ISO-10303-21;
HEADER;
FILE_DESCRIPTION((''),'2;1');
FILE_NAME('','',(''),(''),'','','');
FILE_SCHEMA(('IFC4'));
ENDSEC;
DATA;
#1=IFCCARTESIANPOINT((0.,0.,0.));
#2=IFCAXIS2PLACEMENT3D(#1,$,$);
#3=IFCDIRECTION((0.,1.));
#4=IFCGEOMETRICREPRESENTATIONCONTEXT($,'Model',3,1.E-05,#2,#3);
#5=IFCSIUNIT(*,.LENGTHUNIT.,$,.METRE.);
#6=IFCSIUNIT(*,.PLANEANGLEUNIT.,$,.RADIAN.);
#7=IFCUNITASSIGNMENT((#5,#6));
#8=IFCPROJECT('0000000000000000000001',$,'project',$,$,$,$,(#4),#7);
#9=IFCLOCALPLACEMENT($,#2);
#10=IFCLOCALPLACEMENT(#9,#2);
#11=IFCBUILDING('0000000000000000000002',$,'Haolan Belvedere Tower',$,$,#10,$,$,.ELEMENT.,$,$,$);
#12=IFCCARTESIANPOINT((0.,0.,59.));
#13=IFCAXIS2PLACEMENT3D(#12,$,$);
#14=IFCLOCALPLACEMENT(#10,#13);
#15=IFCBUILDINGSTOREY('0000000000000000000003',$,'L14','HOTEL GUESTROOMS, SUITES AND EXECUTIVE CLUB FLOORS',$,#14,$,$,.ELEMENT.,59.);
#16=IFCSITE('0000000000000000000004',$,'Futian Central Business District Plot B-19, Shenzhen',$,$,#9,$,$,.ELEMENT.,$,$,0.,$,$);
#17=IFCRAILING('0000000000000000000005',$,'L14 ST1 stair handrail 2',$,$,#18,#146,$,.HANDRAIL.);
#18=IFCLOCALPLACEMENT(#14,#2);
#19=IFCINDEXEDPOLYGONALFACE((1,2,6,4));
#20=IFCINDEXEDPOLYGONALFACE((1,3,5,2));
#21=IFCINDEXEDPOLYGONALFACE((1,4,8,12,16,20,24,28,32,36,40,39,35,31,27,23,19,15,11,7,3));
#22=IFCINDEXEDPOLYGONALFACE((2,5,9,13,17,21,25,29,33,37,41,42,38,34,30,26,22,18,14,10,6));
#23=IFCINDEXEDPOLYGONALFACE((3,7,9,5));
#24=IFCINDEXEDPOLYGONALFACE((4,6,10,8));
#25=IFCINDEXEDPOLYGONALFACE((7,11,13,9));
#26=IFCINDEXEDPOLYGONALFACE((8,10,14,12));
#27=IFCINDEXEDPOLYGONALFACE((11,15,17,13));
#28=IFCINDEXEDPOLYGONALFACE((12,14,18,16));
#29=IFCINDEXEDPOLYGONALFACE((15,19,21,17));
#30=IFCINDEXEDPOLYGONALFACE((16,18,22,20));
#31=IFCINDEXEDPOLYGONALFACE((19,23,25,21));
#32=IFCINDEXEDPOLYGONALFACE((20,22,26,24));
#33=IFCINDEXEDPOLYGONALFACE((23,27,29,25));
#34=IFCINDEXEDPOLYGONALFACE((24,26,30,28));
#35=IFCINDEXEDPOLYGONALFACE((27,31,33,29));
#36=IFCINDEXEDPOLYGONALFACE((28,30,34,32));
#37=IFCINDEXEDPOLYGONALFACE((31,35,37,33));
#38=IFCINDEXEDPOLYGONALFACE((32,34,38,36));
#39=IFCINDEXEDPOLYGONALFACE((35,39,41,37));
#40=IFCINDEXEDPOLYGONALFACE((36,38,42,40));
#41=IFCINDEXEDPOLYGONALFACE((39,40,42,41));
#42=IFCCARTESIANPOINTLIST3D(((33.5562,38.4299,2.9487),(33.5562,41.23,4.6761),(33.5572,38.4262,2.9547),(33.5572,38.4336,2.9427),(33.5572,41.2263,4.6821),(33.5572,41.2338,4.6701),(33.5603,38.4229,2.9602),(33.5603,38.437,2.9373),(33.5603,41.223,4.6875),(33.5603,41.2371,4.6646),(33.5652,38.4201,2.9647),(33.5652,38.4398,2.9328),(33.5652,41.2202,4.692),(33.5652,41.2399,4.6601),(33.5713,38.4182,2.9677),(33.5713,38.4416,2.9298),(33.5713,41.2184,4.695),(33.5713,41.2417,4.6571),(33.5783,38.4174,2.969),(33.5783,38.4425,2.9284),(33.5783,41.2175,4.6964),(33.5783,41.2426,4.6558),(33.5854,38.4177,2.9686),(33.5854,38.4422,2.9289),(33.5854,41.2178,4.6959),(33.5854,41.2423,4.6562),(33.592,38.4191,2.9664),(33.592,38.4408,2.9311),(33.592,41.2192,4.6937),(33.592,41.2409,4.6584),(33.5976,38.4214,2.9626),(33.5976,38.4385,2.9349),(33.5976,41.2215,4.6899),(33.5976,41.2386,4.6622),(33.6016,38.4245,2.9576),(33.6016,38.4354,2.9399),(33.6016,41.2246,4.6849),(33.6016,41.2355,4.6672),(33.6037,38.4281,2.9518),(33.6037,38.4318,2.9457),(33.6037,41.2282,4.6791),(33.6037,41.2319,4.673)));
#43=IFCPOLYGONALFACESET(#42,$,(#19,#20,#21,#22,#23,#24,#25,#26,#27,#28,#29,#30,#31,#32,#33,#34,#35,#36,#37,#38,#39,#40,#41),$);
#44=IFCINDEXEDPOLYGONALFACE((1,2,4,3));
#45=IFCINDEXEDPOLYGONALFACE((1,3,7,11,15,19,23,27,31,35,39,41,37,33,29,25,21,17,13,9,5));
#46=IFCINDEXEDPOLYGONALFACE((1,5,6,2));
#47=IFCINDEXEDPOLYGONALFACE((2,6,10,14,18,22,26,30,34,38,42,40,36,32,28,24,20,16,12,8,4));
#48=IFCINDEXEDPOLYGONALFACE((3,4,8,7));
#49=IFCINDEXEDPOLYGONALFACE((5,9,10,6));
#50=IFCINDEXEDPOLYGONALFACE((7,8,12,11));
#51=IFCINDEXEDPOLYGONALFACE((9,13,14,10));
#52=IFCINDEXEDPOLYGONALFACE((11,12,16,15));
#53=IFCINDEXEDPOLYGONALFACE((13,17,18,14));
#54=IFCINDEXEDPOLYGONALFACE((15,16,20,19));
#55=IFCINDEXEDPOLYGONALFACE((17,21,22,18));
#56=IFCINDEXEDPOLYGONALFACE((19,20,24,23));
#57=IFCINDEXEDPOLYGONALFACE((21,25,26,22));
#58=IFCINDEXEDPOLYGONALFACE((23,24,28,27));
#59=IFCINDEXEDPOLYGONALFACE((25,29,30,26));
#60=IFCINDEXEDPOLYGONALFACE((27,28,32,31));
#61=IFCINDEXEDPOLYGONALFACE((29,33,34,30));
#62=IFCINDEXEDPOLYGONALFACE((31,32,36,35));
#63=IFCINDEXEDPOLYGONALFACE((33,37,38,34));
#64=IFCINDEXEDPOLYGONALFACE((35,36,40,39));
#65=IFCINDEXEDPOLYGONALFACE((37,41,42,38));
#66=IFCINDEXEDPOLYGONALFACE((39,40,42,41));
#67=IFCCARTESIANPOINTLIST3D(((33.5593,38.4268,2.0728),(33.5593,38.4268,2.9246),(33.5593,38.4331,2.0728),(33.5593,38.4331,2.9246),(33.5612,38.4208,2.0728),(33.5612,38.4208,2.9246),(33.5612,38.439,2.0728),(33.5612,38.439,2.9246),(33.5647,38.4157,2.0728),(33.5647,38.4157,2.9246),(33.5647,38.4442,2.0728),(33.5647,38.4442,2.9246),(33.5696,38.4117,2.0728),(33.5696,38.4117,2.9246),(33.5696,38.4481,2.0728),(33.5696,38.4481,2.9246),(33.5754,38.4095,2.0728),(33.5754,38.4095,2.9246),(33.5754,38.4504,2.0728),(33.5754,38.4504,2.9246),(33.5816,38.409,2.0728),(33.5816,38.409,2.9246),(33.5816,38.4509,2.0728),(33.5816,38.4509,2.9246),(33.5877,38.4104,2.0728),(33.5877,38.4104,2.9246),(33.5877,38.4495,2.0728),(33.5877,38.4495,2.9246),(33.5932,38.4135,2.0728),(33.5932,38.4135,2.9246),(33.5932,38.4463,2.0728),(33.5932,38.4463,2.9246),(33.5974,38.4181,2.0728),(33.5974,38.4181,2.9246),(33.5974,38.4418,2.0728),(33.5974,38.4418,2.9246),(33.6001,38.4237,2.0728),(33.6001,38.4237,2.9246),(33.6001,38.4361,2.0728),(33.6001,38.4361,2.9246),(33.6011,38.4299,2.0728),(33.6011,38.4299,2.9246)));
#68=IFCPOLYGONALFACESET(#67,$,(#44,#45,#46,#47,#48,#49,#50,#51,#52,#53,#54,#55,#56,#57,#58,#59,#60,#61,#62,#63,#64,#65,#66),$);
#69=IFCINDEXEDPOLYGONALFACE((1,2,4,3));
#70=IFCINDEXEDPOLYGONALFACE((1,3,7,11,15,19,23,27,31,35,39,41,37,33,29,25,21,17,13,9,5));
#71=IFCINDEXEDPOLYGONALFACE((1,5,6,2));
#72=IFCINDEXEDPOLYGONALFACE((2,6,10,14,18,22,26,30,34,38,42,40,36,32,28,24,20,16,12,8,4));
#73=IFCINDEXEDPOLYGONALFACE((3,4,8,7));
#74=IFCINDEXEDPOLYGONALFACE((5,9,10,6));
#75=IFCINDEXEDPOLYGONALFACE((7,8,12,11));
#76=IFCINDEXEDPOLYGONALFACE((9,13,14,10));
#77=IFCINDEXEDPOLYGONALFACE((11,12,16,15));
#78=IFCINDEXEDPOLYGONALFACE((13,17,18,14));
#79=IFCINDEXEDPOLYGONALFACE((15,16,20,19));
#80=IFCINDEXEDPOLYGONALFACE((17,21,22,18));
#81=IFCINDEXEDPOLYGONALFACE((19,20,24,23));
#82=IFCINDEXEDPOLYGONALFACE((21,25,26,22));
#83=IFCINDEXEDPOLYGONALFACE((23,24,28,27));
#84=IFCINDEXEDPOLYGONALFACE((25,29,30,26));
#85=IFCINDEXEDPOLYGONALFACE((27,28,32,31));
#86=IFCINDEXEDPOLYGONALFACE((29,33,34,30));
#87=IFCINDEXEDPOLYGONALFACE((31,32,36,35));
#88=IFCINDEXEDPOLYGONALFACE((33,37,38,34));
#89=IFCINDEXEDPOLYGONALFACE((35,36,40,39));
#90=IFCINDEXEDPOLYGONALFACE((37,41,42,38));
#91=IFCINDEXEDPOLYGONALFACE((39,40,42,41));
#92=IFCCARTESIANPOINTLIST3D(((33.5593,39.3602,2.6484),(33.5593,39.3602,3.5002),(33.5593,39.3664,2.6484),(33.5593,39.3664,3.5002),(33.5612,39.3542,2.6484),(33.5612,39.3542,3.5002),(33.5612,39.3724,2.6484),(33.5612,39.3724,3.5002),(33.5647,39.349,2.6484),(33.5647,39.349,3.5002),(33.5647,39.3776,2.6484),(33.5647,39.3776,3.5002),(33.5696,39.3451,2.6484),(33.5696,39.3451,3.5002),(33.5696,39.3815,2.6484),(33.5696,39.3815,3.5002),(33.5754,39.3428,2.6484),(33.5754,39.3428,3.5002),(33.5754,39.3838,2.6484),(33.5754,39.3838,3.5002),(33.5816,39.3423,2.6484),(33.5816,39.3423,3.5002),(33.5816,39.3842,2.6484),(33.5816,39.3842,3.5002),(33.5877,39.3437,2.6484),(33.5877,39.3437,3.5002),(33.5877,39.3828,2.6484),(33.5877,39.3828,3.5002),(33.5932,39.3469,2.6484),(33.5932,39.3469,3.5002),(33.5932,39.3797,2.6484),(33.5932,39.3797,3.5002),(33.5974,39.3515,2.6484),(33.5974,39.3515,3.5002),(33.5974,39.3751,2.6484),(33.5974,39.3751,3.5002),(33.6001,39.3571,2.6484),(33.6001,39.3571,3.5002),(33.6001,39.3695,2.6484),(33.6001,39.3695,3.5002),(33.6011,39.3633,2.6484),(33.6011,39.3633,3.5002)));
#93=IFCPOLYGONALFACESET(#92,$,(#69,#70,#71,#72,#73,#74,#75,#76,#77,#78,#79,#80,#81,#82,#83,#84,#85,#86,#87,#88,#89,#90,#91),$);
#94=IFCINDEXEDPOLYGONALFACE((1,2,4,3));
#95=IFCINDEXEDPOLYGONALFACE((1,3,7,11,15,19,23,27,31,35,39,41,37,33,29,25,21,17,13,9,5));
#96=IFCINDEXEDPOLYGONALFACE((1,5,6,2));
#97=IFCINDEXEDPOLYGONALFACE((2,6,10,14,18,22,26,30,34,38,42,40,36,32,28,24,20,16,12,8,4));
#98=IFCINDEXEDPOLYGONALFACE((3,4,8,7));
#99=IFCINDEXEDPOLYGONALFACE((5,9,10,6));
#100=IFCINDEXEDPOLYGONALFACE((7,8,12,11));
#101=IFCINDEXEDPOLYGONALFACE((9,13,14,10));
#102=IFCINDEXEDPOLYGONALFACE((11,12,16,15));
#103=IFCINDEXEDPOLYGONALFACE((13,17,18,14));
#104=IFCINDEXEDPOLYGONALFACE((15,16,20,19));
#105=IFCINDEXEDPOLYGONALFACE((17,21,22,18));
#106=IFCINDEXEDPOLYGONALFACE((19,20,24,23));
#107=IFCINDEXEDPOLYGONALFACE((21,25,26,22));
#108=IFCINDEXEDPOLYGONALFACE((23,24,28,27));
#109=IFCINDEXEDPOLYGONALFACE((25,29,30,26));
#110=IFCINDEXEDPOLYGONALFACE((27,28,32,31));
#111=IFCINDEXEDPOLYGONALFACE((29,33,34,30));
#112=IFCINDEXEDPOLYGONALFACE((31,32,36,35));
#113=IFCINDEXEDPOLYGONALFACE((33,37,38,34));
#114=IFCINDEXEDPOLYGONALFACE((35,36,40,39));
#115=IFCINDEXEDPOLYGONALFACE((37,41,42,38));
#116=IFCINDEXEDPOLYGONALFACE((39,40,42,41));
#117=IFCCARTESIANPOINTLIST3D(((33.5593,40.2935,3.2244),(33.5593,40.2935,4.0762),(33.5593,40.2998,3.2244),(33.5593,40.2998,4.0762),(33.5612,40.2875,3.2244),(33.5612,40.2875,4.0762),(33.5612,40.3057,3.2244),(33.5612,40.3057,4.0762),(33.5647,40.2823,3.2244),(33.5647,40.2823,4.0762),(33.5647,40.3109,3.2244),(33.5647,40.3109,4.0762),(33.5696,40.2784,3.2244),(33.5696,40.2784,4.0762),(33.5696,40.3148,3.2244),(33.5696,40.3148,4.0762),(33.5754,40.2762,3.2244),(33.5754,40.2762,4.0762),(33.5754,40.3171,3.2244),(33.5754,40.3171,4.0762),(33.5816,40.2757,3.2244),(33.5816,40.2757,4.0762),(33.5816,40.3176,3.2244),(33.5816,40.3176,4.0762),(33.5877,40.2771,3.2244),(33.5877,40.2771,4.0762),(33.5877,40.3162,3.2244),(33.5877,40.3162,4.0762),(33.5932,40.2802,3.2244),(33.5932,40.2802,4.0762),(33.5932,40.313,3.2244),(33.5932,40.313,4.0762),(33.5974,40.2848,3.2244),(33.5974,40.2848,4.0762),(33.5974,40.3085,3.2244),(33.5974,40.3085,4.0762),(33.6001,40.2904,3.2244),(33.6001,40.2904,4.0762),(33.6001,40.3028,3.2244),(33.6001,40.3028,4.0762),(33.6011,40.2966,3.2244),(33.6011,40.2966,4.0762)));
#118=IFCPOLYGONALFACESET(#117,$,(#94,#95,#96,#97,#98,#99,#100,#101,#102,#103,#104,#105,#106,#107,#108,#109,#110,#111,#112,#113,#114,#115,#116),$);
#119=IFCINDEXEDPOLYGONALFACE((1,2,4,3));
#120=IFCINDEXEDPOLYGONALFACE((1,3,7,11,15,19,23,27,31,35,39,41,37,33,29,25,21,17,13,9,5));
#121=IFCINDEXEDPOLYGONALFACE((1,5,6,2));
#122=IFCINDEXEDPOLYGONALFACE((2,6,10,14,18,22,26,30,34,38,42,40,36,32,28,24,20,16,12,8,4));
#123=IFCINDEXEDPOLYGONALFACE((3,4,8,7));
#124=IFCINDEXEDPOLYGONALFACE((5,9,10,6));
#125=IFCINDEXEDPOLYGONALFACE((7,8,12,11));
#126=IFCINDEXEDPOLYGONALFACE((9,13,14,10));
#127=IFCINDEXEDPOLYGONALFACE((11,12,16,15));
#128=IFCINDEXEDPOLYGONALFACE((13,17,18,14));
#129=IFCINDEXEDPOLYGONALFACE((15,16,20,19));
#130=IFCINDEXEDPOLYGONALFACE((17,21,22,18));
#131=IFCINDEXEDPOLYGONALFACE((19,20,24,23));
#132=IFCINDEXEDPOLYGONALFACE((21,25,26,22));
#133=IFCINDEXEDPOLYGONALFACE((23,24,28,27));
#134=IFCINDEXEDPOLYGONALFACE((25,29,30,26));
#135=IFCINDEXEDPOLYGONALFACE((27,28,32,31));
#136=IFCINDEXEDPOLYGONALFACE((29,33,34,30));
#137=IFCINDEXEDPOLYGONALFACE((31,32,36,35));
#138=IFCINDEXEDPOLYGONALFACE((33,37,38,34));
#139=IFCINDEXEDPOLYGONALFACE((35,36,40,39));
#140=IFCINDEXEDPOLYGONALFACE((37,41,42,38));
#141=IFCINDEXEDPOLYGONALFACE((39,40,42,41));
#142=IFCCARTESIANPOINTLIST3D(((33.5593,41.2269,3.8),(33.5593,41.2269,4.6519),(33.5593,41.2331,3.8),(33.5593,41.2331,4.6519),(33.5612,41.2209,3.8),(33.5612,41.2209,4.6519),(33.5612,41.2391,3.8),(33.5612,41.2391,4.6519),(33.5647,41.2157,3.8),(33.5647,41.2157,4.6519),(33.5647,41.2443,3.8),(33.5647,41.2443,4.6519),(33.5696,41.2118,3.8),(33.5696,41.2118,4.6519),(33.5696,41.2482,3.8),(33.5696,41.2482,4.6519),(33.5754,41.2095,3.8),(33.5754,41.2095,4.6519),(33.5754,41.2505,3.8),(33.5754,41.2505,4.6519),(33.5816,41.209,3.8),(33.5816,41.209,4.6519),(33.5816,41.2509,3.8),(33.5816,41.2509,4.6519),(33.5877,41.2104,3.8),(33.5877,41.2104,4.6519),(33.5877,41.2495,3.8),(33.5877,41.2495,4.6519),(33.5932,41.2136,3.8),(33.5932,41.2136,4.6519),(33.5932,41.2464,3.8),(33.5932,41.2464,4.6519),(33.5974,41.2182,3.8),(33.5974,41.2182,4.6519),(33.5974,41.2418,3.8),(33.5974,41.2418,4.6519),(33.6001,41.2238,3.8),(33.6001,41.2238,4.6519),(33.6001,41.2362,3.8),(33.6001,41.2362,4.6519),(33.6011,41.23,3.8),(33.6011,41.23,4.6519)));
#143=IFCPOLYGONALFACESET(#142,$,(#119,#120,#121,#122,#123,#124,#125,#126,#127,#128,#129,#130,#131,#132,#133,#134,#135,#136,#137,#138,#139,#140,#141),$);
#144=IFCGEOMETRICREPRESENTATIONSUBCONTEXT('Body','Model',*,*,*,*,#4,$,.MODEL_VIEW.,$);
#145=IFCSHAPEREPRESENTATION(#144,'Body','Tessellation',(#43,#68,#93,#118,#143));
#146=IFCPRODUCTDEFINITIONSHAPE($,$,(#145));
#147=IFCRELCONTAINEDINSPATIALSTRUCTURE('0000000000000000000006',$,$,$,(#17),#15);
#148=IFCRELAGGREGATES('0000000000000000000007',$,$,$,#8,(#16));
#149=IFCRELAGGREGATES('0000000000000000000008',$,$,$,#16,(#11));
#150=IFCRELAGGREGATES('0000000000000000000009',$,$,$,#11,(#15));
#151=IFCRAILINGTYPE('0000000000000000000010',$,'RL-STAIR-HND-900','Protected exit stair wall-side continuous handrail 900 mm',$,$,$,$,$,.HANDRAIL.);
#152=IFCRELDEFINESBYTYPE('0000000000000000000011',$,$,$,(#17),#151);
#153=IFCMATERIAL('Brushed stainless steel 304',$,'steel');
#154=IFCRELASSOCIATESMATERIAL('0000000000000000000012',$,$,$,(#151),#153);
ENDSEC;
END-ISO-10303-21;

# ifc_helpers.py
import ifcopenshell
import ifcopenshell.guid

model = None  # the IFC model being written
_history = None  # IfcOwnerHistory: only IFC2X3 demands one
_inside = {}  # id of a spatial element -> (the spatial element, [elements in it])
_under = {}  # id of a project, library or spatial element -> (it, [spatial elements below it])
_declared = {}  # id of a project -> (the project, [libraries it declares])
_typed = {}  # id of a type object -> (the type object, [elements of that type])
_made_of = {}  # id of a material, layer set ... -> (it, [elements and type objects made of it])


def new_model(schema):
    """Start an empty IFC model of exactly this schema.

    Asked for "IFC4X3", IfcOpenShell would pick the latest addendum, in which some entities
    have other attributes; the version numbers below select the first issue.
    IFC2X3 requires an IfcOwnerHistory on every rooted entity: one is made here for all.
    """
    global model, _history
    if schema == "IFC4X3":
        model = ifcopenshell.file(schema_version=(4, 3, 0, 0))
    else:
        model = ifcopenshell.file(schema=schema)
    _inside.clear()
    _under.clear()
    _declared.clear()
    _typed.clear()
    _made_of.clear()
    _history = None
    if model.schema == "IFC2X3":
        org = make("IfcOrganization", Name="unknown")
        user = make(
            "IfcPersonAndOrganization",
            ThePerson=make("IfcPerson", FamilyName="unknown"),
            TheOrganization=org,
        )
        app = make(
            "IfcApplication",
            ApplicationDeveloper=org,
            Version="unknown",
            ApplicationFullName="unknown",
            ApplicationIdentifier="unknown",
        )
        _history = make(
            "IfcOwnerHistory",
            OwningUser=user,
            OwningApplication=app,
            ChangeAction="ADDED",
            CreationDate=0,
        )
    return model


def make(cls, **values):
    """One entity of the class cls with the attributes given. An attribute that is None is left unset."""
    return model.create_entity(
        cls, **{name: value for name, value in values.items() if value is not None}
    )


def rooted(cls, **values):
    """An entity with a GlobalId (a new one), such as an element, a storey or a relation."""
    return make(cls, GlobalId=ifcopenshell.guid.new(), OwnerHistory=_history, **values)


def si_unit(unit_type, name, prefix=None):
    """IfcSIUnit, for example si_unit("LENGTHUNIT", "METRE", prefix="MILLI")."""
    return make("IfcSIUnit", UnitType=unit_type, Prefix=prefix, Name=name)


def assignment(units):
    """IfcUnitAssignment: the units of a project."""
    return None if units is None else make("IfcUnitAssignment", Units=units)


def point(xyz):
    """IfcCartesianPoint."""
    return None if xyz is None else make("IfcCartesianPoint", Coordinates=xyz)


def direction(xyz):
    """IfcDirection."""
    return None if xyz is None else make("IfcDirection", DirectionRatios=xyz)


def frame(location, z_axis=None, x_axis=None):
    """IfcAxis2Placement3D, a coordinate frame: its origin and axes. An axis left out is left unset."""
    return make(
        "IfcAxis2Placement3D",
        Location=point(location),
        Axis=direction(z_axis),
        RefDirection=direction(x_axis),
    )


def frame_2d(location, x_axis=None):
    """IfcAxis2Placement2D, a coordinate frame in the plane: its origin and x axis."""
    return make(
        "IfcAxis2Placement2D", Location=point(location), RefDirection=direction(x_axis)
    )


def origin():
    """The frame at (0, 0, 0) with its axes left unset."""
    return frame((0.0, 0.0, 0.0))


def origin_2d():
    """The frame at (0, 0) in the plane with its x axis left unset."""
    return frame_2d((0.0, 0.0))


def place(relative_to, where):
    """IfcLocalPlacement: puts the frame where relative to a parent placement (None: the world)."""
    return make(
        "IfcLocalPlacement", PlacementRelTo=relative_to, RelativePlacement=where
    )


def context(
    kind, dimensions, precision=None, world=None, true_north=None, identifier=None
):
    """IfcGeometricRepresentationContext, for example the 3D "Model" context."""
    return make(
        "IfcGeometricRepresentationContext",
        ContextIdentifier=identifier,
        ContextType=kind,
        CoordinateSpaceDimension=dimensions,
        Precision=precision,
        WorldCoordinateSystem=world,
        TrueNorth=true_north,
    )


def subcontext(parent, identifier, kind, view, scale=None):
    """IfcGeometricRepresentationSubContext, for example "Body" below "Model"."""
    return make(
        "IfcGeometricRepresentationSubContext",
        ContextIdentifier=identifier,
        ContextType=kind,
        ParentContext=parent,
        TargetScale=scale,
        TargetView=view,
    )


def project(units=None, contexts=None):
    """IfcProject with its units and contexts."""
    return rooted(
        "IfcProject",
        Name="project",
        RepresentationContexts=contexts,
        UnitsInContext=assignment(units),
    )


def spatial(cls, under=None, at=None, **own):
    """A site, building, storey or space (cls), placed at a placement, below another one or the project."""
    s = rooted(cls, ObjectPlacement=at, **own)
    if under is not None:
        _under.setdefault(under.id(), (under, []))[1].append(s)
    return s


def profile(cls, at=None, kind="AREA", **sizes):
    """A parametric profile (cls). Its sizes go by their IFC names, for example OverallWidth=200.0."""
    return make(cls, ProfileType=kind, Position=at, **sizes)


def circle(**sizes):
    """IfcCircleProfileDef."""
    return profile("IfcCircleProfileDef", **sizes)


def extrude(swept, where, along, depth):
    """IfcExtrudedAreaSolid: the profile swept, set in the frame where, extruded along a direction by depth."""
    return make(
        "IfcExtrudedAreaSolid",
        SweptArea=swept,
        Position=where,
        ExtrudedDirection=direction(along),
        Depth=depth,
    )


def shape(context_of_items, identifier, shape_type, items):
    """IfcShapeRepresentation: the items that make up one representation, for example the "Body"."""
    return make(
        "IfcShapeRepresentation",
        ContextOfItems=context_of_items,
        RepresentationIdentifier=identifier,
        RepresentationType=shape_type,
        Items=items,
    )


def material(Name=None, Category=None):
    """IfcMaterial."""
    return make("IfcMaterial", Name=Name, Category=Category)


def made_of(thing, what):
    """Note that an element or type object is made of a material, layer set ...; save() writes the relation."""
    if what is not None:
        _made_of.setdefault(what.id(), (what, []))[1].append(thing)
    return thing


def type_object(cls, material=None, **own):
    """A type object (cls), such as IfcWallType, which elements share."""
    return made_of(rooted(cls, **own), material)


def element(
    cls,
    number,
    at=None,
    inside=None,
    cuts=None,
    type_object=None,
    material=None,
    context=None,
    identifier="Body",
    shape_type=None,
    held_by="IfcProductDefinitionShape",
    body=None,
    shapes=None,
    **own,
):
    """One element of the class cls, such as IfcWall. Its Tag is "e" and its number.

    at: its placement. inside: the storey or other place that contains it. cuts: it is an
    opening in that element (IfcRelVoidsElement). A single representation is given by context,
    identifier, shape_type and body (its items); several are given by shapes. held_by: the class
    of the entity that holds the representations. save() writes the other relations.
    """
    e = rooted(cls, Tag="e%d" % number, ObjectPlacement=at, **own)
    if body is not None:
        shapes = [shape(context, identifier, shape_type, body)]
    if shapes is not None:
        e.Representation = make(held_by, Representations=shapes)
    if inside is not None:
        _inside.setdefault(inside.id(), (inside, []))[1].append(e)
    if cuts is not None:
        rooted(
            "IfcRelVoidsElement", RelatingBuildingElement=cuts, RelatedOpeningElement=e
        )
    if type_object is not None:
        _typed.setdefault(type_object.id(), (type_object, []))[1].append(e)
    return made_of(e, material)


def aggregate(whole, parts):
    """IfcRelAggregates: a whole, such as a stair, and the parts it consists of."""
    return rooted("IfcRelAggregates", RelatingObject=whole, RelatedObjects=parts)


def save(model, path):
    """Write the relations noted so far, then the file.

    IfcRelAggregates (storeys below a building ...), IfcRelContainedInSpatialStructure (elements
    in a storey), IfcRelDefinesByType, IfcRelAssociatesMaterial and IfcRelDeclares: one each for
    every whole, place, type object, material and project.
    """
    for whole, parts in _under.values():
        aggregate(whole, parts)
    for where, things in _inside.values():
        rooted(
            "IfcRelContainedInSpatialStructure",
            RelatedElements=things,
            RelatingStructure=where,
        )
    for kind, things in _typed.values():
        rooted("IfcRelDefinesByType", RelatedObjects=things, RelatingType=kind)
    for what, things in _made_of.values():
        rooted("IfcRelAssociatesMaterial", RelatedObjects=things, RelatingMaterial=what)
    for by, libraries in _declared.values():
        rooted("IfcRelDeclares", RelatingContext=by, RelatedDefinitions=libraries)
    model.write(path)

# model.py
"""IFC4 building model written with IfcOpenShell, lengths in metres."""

from ifc_helpers import new_model, si_unit, direction, frame, origin, origin_2d, place, context, subcontext, project, spatial, circle, extrude, material, type_object, element, save


model = new_model("IFC4")

# Units and contexts
model_context = context("Model", 3, precision=1e-05, world=origin(), true_north=direction((0.0, 1.0)))
body_context = subcontext(model_context, "Body", "Model", "MODEL_VIEW")
ifc_project = project(units=[si_unit("LENGTHUNIT", "METRE"), si_unit("PLANEANGLEUNIT", "RADIAN")], contexts=[model_context])

# Site, building, storey
site_placement = place(None, origin())
site = spatial("IfcSite", under=ifc_project, at=site_placement, Name="Futian Central Business District Plot B-19, Shenzhen", CompositionType="ELEMENT", RefElevation=0.0)
building_placement = place(site_placement, origin())
building = spatial("IfcBuilding", under=site, at=building_placement, Name="Haolan Belvedere Tower", CompositionType="ELEMENT")
storey_placement = place(building_placement, frame((0.0, 0.0, 59.0)))
storey = spatial("IfcBuildingStorey", under=building, at=storey_placement, Name="L14", Description="HOTEL GUESTROOMS, SUITES AND EXECUTIVE CLUB FLOORS", CompositionType="ELEMENT", Elevation=59.0)

# Railing
ifc_material_1 = material(Name="Brushed stainless steel 304", Category="steel")
railing_type_1 = type_object("IfcRailingType", Name="RL-STAIR-HND-900", Description="Protected exit stair wall-side continuous handrail 900 mm", PredefinedType="HANDRAIL", material=ifc_material_1)
railing_1_placement = place(storey_placement, frame((33.5801, 38.4299, 2.0728)))
element("IfcRailing", 1, at=railing_1_placement, inside=storey, type_object=railing_type_1, Name="L14 ST1 stair handrail 2", PredefinedType="HANDRAIL", context=body_context, shape_type="SweptSolid", body=[
    extrude(circle(Radius=0.0239, at=origin_2d()), frame((0.0, 0.0, 0.876), z_axis=(0.0, 0.85109, 0.52502), x_axis=(-1.0, 0.0, 0.0)), (0.0, 0.0, 1.0), 3.29),
    extrude(circle(Radius=0.021, at=origin_2d()), origin(), (0.0, 0.0, 1.0), 0.8518),
    extrude(circle(Radius=0.021, at=origin_2d()), frame((0.0, 0.9333, 0.5757)), (0.0, 0.0, 1.0), 0.8518),
    extrude(circle(Radius=0.021, at=origin_2d()), frame((0.0, 1.8667, 1.1516)), (0.0, 0.0, 1.0), 0.8518),
    extrude(circle(Radius=0.021, at=origin_2d()), frame((0.0, 2.8, 1.7273)), (0.0, 0.0, 1.0), 0.8518),
])

save(model, "model.ifc")
